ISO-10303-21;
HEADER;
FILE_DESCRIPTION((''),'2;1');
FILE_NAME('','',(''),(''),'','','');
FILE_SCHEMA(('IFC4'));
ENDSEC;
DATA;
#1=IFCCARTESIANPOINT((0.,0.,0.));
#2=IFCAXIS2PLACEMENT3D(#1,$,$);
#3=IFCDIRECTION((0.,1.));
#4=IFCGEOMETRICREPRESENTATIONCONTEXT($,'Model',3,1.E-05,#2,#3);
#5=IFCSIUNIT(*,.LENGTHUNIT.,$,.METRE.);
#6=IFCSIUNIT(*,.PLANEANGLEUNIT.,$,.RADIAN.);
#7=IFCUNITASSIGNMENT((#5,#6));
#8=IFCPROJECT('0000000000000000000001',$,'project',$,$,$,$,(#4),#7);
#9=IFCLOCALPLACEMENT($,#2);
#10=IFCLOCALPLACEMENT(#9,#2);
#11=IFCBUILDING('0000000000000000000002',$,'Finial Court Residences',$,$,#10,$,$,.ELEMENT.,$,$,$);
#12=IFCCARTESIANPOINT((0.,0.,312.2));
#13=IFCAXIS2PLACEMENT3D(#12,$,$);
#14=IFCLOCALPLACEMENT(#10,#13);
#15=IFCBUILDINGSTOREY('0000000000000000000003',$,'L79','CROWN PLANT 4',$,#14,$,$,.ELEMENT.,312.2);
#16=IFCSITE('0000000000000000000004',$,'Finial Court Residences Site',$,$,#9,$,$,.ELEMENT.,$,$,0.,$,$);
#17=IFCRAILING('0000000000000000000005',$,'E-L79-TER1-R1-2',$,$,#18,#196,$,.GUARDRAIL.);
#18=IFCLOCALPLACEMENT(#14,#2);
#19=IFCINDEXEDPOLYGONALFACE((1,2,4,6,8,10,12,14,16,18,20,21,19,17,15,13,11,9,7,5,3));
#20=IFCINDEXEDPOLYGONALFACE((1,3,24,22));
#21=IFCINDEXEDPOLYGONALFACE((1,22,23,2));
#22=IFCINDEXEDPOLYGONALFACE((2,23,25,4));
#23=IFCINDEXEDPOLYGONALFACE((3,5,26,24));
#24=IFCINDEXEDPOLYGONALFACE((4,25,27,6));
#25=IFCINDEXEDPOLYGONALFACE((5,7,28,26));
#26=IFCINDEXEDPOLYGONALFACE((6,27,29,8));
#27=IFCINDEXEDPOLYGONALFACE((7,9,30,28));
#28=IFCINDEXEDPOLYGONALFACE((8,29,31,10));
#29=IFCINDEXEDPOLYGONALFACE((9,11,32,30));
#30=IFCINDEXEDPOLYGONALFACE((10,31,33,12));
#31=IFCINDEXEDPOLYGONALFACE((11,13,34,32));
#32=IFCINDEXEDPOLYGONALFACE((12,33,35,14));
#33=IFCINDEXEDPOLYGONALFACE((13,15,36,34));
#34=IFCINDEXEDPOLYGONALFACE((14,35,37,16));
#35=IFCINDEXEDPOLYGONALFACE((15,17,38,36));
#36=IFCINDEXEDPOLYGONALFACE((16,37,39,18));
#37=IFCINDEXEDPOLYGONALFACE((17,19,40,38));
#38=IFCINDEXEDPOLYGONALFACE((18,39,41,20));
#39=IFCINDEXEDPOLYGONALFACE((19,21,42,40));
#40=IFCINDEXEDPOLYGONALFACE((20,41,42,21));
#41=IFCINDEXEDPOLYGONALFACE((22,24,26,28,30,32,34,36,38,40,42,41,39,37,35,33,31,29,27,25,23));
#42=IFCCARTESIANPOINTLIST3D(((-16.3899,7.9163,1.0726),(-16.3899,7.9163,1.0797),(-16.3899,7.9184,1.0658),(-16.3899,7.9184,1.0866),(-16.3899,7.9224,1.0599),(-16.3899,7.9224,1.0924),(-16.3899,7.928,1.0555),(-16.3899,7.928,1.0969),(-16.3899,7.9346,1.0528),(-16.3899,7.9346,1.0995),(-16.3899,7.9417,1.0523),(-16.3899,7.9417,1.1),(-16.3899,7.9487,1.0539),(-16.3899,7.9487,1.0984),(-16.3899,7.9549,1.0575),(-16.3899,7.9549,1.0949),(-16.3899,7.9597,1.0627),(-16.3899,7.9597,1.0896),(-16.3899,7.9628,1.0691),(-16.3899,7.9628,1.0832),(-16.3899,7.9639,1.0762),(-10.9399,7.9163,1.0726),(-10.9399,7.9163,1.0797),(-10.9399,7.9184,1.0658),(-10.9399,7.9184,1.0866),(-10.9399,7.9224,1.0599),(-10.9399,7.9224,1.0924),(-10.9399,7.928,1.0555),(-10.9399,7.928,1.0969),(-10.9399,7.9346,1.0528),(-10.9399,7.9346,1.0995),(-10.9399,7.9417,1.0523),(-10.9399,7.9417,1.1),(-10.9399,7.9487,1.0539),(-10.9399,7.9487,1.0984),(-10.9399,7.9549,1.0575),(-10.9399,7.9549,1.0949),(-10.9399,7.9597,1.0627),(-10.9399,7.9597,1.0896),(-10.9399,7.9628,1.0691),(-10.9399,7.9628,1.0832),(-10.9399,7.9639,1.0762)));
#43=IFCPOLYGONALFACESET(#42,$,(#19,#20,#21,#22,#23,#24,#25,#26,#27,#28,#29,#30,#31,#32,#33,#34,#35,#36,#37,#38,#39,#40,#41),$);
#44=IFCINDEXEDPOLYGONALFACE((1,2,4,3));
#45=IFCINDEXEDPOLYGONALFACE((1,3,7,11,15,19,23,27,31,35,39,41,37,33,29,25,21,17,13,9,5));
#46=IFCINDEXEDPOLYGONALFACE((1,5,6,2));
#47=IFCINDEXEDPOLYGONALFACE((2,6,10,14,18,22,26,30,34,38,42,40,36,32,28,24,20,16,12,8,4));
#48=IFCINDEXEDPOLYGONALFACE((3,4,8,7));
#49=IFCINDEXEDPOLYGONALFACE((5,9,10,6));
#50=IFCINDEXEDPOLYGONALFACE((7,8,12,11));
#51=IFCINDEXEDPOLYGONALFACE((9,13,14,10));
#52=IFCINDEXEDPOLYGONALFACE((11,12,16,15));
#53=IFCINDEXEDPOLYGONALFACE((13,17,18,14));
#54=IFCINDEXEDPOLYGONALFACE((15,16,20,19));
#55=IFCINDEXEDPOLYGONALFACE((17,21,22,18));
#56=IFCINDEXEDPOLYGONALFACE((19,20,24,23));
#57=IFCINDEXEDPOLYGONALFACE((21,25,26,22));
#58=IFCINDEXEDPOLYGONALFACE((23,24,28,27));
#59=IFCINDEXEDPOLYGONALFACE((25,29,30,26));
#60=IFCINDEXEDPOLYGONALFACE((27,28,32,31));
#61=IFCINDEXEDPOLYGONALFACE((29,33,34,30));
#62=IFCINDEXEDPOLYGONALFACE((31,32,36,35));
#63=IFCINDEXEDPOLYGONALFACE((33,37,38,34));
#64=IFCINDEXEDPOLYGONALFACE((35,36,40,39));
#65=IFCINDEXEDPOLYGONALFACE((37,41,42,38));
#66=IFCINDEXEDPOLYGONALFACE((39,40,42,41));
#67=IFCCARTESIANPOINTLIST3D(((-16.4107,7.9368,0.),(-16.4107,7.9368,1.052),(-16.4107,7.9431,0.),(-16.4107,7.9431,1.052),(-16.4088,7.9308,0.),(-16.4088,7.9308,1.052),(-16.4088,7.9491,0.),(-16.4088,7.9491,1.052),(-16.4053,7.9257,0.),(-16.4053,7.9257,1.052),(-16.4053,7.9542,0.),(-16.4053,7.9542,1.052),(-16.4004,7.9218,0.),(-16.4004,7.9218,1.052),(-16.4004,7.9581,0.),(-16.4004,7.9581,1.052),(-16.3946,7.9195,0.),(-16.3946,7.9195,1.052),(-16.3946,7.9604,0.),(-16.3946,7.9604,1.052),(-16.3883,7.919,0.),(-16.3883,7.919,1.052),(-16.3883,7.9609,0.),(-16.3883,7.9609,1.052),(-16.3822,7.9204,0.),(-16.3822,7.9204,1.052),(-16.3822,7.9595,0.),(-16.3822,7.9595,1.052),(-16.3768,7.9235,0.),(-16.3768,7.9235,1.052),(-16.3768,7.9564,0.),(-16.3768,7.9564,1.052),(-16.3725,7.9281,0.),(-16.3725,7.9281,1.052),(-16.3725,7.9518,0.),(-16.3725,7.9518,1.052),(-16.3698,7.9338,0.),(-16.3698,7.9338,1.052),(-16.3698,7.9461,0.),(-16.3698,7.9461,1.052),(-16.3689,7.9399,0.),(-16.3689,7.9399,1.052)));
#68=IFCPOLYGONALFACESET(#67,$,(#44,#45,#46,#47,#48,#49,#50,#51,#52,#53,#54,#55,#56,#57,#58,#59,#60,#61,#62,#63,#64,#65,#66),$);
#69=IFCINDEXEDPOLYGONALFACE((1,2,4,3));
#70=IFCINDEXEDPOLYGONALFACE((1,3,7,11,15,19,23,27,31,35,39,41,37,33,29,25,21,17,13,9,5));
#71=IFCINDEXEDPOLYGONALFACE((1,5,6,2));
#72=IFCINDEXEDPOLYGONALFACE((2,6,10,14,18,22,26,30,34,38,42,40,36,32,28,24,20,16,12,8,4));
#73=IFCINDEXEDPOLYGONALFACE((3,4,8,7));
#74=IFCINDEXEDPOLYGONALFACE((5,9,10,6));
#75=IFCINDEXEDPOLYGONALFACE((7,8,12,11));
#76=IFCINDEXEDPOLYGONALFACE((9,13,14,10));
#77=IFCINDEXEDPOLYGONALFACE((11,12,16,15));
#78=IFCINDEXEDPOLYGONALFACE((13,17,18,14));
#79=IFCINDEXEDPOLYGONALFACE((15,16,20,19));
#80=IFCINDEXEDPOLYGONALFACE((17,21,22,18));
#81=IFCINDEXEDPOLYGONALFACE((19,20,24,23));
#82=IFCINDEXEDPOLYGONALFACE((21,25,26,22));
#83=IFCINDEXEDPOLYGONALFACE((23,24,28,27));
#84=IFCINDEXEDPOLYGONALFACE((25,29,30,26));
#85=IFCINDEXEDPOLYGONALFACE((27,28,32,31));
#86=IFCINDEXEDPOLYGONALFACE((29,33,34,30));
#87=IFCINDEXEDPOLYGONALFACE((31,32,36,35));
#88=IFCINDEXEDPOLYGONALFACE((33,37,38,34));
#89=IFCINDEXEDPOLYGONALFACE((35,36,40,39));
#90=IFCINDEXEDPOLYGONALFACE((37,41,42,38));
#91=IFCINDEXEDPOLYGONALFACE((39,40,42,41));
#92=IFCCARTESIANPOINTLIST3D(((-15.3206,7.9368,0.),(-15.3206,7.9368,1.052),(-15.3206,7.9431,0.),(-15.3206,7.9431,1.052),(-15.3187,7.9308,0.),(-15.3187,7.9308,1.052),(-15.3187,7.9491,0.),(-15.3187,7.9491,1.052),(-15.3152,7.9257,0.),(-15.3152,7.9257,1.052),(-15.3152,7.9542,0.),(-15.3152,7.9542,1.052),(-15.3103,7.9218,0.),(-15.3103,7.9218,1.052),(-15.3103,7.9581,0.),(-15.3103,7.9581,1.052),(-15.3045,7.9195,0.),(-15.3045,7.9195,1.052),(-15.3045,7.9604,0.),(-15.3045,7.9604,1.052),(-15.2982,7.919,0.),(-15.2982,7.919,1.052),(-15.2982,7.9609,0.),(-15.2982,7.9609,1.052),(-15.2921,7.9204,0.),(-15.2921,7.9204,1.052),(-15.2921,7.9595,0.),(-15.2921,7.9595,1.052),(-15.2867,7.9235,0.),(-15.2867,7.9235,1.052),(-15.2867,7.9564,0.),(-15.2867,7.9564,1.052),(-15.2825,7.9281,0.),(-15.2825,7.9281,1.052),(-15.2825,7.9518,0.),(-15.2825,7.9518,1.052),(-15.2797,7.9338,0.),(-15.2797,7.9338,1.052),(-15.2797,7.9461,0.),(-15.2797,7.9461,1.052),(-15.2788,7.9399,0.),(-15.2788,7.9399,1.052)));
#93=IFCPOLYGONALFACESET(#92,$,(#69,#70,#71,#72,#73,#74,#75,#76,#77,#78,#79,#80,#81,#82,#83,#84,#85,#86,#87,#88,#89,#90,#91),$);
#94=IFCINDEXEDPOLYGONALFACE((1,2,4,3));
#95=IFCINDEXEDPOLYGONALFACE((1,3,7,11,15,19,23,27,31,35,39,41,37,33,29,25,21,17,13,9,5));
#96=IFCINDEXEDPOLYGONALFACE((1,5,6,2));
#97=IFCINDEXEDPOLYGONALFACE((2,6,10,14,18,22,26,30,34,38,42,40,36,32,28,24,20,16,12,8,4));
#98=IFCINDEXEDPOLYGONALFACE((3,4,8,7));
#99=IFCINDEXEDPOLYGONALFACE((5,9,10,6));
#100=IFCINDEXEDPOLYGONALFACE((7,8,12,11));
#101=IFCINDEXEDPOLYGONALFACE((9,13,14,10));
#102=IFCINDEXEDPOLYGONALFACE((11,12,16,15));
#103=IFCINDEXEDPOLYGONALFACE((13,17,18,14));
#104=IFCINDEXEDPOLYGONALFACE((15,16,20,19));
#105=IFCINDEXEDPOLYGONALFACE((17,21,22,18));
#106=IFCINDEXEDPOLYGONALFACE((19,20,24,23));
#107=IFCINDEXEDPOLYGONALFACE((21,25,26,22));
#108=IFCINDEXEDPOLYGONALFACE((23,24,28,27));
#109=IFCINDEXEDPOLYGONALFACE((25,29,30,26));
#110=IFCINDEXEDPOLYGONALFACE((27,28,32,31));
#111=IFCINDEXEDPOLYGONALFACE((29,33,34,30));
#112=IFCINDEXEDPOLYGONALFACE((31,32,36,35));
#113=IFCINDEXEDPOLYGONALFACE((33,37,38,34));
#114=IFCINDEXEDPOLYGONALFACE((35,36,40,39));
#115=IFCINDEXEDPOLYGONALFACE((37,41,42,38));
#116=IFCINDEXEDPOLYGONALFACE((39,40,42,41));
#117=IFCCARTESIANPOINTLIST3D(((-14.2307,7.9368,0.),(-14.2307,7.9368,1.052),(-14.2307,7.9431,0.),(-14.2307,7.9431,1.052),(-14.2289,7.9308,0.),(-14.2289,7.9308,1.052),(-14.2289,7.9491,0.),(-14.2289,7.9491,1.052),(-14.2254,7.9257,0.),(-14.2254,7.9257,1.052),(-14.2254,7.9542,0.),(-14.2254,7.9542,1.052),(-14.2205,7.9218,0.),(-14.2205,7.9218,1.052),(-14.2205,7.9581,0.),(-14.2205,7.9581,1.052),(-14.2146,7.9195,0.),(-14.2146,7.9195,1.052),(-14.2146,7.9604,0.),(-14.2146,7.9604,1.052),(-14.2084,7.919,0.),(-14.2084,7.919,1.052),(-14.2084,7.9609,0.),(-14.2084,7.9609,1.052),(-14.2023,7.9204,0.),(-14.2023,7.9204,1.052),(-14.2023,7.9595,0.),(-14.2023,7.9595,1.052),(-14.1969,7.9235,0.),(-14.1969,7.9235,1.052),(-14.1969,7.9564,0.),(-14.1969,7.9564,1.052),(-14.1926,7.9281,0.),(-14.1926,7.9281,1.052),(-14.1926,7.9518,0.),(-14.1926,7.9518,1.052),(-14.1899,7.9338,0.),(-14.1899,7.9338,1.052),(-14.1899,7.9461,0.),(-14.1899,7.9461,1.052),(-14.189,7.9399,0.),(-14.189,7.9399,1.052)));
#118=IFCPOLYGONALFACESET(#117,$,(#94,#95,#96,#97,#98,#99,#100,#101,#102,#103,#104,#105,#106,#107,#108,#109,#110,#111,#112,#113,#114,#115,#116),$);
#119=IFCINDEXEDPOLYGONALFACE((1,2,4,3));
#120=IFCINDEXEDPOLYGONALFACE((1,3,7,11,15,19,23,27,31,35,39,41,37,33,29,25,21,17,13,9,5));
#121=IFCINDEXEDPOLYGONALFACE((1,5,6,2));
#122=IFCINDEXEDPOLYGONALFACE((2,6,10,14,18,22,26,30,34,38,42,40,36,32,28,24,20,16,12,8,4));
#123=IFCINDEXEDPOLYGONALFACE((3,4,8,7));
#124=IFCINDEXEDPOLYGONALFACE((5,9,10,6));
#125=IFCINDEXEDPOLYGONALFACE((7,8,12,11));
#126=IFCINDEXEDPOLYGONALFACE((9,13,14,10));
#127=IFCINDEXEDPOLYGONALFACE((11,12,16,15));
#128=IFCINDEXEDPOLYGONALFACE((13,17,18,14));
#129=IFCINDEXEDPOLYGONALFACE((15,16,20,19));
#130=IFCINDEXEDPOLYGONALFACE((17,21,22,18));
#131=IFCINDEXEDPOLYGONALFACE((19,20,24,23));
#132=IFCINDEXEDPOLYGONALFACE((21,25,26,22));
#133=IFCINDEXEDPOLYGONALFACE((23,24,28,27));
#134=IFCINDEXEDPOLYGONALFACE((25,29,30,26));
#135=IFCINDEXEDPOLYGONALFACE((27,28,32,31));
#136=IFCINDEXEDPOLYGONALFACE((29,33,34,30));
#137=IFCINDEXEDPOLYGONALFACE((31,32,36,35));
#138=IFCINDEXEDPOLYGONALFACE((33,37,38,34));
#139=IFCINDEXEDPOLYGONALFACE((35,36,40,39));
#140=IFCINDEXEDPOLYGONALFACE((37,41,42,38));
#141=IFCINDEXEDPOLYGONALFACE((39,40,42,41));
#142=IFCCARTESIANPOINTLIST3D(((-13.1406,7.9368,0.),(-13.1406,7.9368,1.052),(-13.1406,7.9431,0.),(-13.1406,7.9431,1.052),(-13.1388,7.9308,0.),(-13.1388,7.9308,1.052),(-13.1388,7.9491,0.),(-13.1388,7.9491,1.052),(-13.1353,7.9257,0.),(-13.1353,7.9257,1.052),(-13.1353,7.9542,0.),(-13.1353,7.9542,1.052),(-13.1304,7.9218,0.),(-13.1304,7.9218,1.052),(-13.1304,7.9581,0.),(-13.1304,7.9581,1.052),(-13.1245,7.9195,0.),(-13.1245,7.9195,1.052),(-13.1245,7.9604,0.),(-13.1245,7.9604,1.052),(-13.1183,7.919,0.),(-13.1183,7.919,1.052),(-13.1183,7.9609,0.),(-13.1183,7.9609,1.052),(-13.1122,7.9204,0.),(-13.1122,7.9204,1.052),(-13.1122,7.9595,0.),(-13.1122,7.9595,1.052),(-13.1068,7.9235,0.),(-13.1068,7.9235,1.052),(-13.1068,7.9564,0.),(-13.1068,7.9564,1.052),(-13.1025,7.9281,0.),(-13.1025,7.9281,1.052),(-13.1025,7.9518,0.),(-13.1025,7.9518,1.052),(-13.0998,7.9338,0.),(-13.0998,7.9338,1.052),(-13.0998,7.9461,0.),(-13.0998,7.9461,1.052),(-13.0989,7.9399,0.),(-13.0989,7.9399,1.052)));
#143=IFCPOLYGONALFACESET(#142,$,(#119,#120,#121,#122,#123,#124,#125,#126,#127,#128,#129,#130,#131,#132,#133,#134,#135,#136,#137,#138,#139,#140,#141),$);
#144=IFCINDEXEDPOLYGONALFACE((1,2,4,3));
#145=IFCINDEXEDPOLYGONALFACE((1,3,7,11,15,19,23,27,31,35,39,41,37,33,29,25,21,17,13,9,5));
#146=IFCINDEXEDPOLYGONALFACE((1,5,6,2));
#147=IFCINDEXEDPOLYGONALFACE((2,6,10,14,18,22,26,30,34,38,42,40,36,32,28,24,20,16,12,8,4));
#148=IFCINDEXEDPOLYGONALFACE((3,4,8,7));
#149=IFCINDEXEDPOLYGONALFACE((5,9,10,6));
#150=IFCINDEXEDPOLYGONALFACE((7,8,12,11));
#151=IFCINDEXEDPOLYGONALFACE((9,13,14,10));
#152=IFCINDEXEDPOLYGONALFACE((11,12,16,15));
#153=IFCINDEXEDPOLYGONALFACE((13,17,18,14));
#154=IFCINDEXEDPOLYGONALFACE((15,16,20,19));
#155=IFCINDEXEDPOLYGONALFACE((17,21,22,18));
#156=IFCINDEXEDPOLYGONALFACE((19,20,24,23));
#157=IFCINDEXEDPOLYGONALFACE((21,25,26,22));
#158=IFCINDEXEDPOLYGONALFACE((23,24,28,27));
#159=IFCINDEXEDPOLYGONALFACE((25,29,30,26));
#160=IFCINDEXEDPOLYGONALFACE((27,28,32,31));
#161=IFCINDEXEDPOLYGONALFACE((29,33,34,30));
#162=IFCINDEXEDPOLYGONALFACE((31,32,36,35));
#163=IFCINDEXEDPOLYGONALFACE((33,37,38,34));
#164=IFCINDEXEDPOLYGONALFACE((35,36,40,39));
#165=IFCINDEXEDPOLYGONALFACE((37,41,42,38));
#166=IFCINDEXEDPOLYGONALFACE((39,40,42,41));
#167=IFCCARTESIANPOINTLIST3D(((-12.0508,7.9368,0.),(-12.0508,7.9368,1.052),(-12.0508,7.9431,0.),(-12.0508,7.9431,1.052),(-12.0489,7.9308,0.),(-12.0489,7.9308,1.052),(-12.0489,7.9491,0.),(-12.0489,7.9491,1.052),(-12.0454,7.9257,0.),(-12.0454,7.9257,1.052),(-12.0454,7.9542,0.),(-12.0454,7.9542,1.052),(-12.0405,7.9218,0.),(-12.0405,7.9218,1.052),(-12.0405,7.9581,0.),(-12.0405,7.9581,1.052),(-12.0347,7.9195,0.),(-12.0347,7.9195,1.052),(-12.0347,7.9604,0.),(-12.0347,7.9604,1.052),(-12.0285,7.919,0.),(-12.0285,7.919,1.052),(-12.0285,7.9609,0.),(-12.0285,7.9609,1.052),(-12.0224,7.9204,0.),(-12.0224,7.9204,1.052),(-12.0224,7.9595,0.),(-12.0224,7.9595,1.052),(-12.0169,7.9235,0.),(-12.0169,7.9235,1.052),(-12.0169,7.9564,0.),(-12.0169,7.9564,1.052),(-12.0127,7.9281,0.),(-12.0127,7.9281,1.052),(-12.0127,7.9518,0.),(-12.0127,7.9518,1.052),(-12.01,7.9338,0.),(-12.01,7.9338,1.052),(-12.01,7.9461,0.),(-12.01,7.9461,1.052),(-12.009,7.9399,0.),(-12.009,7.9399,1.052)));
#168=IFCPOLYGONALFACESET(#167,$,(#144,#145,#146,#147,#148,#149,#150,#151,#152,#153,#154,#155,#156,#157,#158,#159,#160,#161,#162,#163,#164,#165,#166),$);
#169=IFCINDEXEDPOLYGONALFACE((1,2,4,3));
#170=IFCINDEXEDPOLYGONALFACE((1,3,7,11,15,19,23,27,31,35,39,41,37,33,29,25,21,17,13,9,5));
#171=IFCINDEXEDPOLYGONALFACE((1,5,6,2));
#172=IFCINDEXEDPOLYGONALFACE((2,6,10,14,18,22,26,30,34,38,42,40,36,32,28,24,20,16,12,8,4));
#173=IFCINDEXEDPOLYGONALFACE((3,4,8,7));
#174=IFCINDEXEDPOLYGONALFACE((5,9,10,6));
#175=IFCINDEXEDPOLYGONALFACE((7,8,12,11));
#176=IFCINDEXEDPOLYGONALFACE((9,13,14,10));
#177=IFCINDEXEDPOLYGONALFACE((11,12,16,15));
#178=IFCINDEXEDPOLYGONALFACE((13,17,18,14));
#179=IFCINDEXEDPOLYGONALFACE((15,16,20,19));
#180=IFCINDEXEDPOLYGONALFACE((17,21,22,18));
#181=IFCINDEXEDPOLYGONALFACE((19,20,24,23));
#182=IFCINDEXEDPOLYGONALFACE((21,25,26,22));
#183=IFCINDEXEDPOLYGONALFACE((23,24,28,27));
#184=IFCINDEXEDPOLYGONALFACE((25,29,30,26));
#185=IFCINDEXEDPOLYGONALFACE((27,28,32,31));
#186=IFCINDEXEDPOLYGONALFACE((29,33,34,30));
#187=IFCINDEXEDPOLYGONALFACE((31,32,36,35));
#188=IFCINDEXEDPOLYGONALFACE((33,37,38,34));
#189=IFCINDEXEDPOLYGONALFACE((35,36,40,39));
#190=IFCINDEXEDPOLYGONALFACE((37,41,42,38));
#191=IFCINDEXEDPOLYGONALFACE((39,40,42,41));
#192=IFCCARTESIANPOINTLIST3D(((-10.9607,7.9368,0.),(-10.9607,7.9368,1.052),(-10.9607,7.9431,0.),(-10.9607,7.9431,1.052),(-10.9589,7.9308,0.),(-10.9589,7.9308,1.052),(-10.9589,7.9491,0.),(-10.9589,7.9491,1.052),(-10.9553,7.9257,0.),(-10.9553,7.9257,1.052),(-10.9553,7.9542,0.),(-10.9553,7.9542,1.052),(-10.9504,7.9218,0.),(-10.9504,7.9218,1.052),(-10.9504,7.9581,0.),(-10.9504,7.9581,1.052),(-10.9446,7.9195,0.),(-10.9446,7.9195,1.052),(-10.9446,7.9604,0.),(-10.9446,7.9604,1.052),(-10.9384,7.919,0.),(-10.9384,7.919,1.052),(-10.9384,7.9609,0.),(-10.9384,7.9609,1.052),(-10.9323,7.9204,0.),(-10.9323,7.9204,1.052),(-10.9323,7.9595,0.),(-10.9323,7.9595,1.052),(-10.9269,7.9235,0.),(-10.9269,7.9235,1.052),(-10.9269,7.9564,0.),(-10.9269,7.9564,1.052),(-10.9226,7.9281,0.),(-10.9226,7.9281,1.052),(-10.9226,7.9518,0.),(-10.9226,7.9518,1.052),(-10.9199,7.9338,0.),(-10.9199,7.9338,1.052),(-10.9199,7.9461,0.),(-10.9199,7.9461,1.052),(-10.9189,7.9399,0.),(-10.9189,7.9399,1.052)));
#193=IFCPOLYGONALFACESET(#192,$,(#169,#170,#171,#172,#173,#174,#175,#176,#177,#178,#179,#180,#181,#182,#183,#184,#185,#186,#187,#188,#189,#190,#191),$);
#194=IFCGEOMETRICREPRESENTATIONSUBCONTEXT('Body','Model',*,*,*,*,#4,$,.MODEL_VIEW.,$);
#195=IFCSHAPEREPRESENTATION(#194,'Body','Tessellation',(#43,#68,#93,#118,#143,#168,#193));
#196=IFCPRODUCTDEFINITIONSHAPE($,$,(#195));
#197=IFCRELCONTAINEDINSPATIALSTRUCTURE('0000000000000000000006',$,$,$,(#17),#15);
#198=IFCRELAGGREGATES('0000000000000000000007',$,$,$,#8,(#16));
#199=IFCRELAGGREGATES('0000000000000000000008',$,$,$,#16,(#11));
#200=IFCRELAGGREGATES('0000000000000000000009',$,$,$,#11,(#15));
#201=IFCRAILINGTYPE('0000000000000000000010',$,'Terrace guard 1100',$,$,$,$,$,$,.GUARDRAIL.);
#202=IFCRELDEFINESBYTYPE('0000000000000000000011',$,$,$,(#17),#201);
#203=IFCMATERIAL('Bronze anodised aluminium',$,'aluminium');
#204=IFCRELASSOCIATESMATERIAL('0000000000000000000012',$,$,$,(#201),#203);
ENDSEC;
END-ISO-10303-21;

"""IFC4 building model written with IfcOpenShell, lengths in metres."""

from ifc_helpers import new_model, si_unit, direction, frame, origin, origin_2d, place, context, subcontext, project, spatial, circle, extrude, material, type_object, element, save


model = new_model("IFC4")

# Units and contexts
model_context = context("Model", 3, precision=1e-05, world=origin(), true_north=direction((0.0, 1.0)))
body_context = subcontext(model_context, "Body", "Model", "MODEL_VIEW")
ifc_project = project(units=[si_unit("LENGTHUNIT", "METRE"), si_unit("PLANEANGLEUNIT", "RADIAN")], contexts=[model_context])

# Site, building, storey
site_placement = place(None, origin())
site = spatial("IfcSite", under=ifc_project, at=site_placement, Name="Finial Court Residences Site", CompositionType="ELEMENT", RefElevation=0.0)
building_placement = place(site_placement, origin())
building = spatial("IfcBuilding", under=site, at=building_placement, Name="Finial Court Residences", CompositionType="ELEMENT")
storey_placement = place(building_placement, frame((0.0, 0.0, 312.2)))
storey = spatial("IfcBuildingStorey", under=building, at=storey_placement, Name="L79", Description="CROWN PLANT 4", CompositionType="ELEMENT", Elevation=312.2)

# Shared definitions
ifc_material_1 = material(Name="Bronze anodised aluminium", Category="aluminium")

# Railing
railing_type = type_object("IfcRailingType", Name="Terrace guard 1100", PredefinedType="GUARDRAIL", material=ifc_material_1)
railing_1_placement = place(storey_placement, frame((-16.3899, 7.9399, 0.0)))
element("IfcRailing", 1, at=railing_1_placement, inside=storey, type_object=railing_type, Name="E-L79-TER1-R1-2", PredefinedType="GUARDRAIL", context=body_context, shape_type="SweptSolid", body=[
    extrude(circle(Radius=0.0239, at=origin_2d()), frame((0.0, 0.0, 1.0762), z_axis=(1.0, 0.0, 0.0), x_axis=(0.0, 1.0, 0.0)), (0.0, 0.0, 1.0), 5.45),
    extrude(circle(Radius=0.021, at=origin_2d()), origin(), (0.0, 0.0, 1.0), 1.052),
    extrude(circle(Radius=0.021, at=origin_2d()), frame((1.0901, 0.0, 0.0)), (0.0, 0.0, 1.0), 1.052),
    extrude(circle(Radius=0.021, at=origin_2d()), frame((2.1799, 0.0, 0.0)), (0.0, 0.0, 1.0), 1.052),
    extrude(circle(Radius=0.021, at=origin_2d()), frame((3.27, 0.0, 0.0)), (0.0, 0.0, 1.0), 1.052),
    extrude(circle(Radius=0.021, at=origin_2d()), frame((4.3599, 0.0, 0.0)), (0.0, 0.0, 1.0), 1.052),
    extrude(circle(Radius=0.021, at=origin_2d()), frame((5.45, 0.0, 0.0)), (0.0, 0.0, 1.0), 1.052),
])

save(model, "model.ifc")
